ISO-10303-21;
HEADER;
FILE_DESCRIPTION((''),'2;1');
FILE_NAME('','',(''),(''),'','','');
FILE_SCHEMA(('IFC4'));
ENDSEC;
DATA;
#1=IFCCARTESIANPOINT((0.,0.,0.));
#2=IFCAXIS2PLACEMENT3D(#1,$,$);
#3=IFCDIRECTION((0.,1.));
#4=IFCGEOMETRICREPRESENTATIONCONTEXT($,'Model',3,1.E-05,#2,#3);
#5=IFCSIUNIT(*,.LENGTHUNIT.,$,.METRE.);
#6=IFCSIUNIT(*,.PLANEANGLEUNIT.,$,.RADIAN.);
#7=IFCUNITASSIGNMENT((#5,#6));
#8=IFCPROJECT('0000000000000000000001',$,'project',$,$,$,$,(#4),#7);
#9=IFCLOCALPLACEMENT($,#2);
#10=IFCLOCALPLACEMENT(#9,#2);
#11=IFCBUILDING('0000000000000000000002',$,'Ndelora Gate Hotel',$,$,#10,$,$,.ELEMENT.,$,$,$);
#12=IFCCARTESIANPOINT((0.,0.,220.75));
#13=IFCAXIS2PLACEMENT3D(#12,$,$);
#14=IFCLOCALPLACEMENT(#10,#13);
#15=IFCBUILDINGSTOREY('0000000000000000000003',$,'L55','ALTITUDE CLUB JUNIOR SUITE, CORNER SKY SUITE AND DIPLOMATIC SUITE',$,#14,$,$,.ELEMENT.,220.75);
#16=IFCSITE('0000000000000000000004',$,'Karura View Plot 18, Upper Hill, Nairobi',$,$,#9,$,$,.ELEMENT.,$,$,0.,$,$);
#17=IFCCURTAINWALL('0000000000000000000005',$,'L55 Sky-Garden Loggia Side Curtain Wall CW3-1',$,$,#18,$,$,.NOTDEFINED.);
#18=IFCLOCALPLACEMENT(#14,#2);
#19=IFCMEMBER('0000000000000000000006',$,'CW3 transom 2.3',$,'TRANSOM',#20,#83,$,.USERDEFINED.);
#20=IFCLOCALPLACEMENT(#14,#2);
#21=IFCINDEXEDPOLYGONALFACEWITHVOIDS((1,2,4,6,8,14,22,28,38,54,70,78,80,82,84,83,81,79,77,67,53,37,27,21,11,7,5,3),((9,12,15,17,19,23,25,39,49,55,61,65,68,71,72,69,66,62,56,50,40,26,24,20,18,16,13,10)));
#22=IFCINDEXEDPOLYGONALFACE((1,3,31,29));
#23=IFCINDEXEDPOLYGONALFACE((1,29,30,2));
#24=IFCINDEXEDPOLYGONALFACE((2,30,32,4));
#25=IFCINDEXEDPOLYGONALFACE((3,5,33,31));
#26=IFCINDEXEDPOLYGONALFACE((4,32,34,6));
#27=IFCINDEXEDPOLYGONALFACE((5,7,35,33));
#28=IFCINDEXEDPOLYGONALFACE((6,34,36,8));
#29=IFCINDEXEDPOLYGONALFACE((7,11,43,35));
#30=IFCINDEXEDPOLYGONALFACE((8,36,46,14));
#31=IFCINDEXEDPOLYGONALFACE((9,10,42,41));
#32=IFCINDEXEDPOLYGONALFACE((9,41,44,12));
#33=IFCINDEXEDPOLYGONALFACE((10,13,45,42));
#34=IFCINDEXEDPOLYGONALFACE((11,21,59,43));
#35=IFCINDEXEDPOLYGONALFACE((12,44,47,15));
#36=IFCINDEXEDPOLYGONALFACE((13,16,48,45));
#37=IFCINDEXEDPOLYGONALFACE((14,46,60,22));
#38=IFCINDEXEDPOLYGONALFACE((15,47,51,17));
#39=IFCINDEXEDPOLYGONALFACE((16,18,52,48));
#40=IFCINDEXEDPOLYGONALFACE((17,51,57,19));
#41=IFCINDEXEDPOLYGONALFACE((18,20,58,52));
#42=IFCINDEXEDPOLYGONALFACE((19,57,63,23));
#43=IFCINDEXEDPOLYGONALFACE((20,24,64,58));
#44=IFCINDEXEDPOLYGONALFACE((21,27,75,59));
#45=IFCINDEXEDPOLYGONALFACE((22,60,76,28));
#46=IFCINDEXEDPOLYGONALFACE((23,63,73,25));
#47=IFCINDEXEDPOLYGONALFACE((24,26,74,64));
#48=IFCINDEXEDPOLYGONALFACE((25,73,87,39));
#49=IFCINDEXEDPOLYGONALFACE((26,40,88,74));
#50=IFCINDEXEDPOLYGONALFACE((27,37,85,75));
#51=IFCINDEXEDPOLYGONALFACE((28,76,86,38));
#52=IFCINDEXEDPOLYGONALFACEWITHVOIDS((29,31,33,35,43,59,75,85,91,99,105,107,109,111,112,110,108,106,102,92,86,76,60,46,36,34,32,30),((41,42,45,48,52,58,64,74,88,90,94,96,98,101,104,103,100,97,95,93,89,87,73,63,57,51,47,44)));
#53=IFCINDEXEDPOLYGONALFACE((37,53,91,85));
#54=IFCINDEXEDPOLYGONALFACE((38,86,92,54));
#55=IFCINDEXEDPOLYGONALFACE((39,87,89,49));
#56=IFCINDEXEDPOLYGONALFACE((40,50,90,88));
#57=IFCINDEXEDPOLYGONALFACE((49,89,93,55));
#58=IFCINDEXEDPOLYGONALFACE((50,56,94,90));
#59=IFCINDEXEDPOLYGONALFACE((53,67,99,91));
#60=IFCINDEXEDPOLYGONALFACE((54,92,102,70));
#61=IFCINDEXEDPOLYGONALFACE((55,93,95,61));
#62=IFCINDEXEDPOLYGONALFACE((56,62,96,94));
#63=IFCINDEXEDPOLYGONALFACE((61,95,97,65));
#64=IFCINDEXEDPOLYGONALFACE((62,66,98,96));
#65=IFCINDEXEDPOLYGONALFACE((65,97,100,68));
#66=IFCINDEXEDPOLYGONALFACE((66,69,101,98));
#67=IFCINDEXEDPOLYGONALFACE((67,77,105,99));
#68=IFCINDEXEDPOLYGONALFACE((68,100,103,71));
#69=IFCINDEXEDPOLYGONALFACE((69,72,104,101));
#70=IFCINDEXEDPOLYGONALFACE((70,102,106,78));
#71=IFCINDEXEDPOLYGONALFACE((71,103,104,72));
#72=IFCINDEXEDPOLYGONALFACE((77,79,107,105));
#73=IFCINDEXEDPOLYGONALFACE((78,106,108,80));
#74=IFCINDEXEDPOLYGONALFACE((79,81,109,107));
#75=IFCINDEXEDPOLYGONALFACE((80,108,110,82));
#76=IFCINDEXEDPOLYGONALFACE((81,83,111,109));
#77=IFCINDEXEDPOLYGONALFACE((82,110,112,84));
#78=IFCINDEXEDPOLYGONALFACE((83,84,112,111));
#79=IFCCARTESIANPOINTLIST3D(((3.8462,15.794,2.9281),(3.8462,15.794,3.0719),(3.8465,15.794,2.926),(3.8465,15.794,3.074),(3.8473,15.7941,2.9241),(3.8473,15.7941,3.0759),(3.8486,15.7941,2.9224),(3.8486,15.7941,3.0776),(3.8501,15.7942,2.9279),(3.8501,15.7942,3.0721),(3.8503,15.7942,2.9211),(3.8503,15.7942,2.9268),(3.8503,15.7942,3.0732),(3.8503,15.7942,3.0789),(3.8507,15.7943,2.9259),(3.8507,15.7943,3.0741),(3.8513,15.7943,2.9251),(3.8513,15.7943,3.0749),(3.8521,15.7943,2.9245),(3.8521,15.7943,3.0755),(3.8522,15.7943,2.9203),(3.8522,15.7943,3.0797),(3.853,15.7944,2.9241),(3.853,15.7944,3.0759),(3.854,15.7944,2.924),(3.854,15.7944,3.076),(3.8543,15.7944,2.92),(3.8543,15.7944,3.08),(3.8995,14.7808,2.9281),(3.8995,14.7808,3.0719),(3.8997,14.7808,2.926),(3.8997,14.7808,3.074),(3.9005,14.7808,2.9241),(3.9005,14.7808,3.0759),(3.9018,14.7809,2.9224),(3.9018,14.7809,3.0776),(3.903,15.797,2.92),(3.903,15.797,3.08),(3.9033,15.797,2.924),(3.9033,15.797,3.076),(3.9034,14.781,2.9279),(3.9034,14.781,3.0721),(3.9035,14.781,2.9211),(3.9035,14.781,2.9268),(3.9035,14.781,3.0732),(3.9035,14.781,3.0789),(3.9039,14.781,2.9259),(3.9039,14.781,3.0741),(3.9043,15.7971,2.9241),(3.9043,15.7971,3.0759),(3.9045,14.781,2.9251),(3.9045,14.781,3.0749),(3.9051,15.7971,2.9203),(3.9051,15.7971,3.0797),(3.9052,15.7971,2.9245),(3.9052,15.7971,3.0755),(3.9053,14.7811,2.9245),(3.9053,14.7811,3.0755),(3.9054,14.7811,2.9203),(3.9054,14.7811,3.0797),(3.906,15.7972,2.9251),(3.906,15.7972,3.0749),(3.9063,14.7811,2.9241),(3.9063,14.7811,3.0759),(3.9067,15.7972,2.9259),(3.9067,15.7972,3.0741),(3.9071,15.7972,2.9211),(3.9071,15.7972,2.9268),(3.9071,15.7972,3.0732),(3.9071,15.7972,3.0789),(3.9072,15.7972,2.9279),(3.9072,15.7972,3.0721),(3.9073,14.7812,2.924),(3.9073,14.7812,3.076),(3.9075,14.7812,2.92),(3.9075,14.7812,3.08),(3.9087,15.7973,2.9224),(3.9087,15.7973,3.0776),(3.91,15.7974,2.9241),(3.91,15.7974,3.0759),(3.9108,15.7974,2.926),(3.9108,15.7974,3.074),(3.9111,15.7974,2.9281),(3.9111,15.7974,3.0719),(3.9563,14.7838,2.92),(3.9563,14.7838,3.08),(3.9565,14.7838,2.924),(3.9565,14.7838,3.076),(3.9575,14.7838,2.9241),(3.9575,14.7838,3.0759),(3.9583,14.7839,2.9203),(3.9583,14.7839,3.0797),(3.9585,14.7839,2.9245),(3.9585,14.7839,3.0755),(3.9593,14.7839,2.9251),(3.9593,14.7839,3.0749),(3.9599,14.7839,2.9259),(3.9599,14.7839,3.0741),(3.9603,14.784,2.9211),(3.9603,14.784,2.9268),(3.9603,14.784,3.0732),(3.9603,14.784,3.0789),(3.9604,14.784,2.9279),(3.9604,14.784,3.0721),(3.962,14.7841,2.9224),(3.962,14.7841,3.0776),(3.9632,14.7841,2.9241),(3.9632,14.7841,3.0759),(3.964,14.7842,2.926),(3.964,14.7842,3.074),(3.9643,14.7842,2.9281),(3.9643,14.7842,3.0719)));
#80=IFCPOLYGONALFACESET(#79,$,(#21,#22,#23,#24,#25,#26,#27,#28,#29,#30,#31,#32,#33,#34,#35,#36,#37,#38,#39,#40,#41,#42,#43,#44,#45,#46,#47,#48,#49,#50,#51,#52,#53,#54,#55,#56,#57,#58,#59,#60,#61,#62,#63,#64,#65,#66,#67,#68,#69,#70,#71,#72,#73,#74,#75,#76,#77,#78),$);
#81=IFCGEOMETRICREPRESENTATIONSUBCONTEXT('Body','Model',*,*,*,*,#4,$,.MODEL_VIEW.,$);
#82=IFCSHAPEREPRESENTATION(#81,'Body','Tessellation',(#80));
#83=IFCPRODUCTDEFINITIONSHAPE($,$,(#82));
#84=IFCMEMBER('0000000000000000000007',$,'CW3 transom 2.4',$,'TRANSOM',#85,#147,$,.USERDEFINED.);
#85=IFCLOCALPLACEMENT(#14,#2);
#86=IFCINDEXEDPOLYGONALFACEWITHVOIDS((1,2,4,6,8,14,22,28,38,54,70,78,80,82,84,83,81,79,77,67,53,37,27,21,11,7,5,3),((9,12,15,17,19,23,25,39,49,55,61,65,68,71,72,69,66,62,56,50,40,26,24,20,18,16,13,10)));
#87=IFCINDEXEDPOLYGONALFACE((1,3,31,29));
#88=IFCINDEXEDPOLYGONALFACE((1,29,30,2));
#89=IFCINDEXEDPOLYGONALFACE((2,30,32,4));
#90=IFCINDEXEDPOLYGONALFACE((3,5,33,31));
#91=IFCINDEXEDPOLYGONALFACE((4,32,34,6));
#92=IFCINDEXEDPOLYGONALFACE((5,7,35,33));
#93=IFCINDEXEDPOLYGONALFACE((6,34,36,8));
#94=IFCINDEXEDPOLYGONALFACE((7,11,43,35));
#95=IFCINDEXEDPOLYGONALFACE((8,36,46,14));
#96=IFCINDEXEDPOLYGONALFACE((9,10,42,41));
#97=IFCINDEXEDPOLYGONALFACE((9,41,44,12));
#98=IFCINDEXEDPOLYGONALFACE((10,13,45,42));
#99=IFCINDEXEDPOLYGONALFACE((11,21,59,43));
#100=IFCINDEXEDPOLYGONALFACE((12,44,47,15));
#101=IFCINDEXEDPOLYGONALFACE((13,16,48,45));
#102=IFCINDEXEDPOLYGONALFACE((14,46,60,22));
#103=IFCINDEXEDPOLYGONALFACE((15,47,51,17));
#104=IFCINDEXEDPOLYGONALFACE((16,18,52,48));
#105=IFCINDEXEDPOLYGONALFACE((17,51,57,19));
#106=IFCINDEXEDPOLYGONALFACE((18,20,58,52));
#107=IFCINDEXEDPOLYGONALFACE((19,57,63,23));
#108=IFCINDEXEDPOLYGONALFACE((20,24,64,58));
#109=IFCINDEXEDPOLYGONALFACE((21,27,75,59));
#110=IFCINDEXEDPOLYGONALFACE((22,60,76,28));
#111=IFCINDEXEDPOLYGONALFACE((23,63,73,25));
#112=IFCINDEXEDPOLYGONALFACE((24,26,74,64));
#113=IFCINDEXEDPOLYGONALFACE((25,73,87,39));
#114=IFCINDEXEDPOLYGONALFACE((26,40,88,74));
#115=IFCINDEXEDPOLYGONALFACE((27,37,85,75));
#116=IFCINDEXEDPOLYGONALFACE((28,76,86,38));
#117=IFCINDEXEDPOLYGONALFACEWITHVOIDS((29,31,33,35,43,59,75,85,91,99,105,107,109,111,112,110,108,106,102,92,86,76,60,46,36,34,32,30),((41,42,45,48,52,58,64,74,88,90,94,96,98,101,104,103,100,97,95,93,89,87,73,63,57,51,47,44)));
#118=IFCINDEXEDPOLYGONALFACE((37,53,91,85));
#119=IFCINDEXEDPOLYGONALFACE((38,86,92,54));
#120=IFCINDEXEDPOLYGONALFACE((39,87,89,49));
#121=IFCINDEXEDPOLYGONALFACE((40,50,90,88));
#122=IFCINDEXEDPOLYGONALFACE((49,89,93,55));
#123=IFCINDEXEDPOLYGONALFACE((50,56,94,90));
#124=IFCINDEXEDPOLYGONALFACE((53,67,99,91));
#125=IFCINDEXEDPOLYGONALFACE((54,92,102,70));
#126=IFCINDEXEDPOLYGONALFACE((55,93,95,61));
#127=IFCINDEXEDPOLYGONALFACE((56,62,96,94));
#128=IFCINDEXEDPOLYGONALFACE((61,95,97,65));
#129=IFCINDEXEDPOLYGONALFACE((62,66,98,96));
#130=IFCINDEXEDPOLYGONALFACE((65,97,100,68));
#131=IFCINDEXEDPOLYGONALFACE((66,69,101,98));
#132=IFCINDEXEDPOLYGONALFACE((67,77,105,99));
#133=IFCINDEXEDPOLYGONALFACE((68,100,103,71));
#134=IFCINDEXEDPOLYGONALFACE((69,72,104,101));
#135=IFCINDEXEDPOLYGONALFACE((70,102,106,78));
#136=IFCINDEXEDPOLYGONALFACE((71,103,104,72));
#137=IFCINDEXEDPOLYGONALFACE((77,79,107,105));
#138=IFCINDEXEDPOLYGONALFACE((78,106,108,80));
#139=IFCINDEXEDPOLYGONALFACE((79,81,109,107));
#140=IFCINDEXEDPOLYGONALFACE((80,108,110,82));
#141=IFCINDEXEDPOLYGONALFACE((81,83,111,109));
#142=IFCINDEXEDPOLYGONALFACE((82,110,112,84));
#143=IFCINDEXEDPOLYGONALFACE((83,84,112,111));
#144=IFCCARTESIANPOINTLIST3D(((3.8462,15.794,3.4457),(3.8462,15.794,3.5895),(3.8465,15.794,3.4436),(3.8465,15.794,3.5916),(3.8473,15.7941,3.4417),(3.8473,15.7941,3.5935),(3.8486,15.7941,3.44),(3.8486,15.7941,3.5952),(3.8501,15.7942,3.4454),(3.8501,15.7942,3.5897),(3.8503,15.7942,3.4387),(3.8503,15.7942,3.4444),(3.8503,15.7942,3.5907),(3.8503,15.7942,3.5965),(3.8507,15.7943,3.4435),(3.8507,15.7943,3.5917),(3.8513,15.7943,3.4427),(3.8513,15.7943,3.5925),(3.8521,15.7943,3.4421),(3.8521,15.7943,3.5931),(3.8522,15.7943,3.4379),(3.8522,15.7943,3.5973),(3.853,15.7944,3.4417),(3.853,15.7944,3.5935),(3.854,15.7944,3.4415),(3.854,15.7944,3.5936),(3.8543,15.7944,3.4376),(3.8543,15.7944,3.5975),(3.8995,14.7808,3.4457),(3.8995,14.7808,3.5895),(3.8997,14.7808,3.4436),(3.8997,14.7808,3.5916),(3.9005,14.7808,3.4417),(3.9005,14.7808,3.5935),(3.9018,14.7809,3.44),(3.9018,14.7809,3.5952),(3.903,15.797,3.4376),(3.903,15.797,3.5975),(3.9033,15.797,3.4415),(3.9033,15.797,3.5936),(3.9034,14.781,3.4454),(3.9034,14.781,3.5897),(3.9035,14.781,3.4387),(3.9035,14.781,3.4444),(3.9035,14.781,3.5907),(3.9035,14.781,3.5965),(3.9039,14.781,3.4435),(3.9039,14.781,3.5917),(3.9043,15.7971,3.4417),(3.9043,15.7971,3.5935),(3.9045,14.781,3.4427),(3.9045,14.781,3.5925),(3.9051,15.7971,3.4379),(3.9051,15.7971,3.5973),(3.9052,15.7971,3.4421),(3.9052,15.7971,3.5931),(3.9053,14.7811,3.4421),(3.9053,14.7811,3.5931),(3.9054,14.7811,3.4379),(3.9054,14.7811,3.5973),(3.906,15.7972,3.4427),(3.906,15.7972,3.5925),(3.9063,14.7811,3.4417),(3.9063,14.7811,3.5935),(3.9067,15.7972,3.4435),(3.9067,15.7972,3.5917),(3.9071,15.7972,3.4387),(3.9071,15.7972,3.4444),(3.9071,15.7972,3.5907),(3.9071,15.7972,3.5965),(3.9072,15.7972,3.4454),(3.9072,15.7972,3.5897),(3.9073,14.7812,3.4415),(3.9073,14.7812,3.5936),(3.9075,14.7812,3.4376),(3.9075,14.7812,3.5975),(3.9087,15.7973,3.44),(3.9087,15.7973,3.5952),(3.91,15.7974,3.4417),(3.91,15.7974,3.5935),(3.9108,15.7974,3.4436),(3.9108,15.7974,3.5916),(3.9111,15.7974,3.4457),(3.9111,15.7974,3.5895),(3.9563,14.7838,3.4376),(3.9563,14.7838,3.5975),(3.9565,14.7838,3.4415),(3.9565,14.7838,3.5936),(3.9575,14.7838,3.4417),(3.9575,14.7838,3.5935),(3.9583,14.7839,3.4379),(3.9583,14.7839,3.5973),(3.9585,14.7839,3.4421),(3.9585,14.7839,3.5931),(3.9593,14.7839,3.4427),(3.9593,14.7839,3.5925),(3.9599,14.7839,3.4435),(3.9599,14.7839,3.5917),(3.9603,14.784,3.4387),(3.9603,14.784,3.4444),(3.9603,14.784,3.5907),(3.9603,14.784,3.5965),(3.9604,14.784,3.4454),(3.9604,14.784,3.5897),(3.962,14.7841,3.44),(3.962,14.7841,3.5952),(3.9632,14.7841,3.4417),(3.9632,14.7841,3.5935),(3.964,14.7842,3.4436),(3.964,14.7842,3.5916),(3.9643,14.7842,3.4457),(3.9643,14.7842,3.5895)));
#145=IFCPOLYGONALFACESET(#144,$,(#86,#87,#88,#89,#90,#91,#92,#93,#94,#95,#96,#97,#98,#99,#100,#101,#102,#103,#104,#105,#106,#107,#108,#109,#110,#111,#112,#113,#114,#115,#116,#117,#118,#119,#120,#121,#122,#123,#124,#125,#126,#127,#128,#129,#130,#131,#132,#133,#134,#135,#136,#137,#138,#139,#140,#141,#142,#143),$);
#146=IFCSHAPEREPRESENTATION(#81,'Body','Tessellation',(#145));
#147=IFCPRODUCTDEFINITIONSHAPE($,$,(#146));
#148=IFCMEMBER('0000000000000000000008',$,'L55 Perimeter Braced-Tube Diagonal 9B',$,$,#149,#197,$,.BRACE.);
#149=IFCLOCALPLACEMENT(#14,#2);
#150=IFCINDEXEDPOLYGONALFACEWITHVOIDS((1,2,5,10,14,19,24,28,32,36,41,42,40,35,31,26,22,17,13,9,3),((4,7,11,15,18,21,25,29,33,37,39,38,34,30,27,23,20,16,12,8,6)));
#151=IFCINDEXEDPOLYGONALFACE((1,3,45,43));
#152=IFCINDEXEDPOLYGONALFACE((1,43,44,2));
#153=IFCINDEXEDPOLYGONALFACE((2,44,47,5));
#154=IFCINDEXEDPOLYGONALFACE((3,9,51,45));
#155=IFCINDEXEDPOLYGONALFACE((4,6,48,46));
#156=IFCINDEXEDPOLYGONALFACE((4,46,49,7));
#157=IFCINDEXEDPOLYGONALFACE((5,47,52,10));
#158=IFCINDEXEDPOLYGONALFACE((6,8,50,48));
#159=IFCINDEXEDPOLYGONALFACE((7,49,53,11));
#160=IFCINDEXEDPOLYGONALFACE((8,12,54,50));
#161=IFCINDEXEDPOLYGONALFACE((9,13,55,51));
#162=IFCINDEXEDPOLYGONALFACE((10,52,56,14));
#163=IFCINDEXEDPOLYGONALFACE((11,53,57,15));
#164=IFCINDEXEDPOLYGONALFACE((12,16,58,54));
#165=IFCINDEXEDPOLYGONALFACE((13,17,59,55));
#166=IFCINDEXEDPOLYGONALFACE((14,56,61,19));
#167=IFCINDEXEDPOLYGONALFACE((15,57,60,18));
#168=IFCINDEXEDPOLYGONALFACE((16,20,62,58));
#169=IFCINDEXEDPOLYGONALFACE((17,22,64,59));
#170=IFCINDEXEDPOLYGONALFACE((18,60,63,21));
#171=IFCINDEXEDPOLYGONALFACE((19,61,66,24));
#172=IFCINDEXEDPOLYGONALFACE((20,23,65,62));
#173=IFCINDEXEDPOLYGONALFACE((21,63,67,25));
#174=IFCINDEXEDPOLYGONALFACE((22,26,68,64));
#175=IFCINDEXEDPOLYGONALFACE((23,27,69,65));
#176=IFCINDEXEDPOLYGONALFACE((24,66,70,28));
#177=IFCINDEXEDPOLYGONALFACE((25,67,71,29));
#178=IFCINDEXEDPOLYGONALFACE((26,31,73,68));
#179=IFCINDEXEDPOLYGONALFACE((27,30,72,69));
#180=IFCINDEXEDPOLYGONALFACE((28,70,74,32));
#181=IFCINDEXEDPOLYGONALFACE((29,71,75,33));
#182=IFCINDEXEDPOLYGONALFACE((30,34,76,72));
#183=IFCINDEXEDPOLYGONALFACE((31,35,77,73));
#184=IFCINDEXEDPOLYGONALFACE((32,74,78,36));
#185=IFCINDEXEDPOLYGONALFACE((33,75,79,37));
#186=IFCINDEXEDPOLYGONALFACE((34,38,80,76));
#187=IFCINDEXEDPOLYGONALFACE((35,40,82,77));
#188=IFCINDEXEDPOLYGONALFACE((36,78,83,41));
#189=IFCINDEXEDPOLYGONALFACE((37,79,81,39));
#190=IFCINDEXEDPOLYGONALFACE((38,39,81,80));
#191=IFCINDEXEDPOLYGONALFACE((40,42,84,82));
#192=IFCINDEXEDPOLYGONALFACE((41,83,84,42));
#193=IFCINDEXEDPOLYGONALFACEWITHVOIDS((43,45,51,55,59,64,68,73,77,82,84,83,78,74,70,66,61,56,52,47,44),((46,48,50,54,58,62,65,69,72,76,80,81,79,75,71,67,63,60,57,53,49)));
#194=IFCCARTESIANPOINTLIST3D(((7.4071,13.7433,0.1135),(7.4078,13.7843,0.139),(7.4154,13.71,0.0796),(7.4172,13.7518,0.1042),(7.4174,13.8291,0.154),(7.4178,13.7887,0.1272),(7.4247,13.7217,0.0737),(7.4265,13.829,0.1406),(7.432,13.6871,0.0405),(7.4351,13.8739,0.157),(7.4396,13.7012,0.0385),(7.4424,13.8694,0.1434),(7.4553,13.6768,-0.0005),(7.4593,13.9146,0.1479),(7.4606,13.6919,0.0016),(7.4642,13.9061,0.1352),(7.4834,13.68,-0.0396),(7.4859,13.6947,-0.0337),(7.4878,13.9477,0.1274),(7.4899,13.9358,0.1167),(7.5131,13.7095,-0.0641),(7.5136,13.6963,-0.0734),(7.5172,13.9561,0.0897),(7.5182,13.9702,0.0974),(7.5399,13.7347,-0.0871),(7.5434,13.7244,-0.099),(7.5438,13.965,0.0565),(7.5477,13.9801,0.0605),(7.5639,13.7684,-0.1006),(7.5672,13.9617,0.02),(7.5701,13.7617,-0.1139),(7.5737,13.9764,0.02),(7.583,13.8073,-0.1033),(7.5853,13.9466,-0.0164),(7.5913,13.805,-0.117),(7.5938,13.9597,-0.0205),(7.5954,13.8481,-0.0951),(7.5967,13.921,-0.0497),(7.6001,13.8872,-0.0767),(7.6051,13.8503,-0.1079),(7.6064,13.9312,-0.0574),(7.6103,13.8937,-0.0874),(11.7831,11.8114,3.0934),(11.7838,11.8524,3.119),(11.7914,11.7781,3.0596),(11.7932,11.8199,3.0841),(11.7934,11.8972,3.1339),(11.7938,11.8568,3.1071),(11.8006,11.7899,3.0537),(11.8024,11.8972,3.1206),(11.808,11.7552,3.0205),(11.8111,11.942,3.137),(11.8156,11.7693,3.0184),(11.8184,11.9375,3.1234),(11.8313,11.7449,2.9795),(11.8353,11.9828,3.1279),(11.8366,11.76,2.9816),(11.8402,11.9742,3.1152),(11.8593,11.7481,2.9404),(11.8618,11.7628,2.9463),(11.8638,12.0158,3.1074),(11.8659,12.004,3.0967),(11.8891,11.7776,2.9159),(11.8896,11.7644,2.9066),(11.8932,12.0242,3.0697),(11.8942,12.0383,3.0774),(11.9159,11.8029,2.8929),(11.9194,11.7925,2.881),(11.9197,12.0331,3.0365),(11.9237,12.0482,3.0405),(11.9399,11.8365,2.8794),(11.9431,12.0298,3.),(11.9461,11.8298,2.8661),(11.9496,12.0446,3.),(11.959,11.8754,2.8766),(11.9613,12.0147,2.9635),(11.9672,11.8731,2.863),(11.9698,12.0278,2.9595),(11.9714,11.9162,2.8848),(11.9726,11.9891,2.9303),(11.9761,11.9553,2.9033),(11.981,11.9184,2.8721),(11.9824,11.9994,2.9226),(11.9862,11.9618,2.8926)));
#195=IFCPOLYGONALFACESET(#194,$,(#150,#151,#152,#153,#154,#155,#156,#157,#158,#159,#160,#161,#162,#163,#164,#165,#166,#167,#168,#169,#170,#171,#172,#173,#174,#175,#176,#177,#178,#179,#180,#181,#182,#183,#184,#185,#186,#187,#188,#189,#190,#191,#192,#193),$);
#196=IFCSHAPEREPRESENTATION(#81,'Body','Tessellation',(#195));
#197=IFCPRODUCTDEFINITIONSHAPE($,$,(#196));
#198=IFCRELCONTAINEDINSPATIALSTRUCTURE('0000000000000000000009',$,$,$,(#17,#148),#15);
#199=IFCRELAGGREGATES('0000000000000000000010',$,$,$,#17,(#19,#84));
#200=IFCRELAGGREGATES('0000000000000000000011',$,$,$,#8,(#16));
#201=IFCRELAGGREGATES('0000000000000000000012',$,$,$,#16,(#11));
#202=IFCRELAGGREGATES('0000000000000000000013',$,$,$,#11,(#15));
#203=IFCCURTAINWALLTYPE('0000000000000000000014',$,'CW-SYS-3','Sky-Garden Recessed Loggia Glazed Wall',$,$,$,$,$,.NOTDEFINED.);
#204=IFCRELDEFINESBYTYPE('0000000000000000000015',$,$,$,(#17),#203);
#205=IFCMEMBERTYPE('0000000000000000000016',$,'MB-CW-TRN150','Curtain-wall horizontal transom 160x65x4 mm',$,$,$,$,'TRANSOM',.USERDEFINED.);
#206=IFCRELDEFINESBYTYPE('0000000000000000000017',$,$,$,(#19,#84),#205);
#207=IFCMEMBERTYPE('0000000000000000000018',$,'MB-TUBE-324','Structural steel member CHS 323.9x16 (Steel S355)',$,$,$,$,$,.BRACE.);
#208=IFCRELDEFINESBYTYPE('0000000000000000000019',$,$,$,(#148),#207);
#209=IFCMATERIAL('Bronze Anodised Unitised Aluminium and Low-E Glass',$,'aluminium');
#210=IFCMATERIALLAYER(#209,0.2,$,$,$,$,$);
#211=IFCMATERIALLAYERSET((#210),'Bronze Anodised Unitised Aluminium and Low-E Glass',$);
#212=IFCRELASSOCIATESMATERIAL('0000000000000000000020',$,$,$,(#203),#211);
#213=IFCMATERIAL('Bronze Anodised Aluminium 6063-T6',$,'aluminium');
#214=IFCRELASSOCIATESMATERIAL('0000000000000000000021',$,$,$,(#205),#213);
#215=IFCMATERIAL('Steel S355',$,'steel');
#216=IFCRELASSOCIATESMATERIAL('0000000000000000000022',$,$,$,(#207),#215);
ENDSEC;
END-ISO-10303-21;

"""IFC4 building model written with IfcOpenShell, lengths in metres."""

from ifc_helpers import new_model, si_unit, direction, frame, origin, origin_2d, place, context, subcontext, project, spatial, hollow_rectangle, hollow_circle, extrude, material, layer, layer_set, material_profile, profile_set, type_object, element, aggregate, save


model = new_model("IFC4")

# Units and contexts
model_context = context("Model", 3, precision=1e-05, world=origin(), true_north=direction((0.0, 1.0)))
body_context = subcontext(model_context, "Body", "Model", "MODEL_VIEW")
ifc_project = project(units=[si_unit("LENGTHUNIT", "METRE"), si_unit("PLANEANGLEUNIT", "RADIAN")], contexts=[model_context])

# Site, building, storey
site_placement = place(None, origin())
site = spatial("IfcSite", under=ifc_project, at=site_placement, Name="Karura View Plot 18, Upper Hill, Nairobi", CompositionType="ELEMENT", RefElevation=0.0)
building_placement = place(site_placement, origin())
building = spatial("IfcBuilding", under=site, at=building_placement, Name="Ndelora Gate Hotel", CompositionType="ELEMENT")
storey_placement = place(building_placement, frame((0.0, 0.0, 220.75)))
storey = spatial("IfcBuildingStorey", under=building, at=storey_placement, Name="L55", Description="ALTITUDE CLUB JUNIOR SUITE, CORNER SKY SUITE AND DIPLOMATIC SUITE", CompositionType="ELEMENT", Elevation=220.75)

# Shared definitions
ifc_material_1 = material(Name="Steel S355", Category="steel")

# Curtain wall, members
ifc_material_2 = material(Name="Bronze Anodised Unitised Aluminium and Low-E Glass", Category="aluminium")
ifc_layer_1 = layer(ifc_material_2, 0.2)
ifc_layer_set_1 = layer_set([ifc_layer_1], Name="Bronze Anodised Unitised Aluminium and Low-E Glass")
curtain_wall_type = type_object("IfcCurtainWallType", Name="CW-SYS-3", Description="Sky-Garden Recessed Loggia Glazed Wall", PredefinedType="NOTDEFINED", material=ifc_layer_set_1)
curtain_wall_placement = place(storey_placement, origin())
curtain_wall = element("IfcCurtainWall", 1, at=curtain_wall_placement, inside=storey, type_object=curtain_wall_type, Name="L55 Sky-Garden Loggia Side Curtain Wall CW3-1", PredefinedType="NOTDEFINED")
ifc_material_3 = material(Name="Bronze Anodised Aluminium 6063-T6", Category="aluminium")
ifc_material_profile_1 = material_profile(ifc_material_3, hollow_rectangle(XDim=0.0649, YDim=0.1599, WallThickness=0.0039, InnerFilletRadius=0.0039, OuterFilletRadius=0.0081, at=origin_2d()), Name="ALU 160x65x4")
ifc_profile_set_1 = profile_set([ifc_material_profile_1], Name="Bronze Anodised Aluminium 6063-T6")
member_type_1 = type_object("IfcMemberType", Name="MB-CW-TRN150", Description="Curtain-wall horizontal transom 160x65x4 mm", ElementType="TRANSOM", PredefinedType="USERDEFINED", material=ifc_profile_set_1)
member_1_placement = place(storey_placement, frame((3.9319, 14.7825, 3.0), z_axis=(-0.052458, 0.998623, 0.0), x_axis=(-0.998623, -0.052458, 0.0)))
member_1 = element("IfcMember", 2, at=member_1_placement, type_object=member_type_1, Name="CW3 transom 2.3", ObjectType="TRANSOM", PredefinedType="USERDEFINED", context=body_context, shape_type="SweptSolid", body=[
    extrude(hollow_rectangle(XDim=0.0649, YDim=0.1599, WallThickness=0.0039, InnerFilletRadius=0.0039, OuterFilletRadius=0.0081, at=origin_2d()), origin(), (0.0, 0.0, 1.0), 1.0146),
])
member_2_placement = place(storey_placement, frame((3.9319, 14.7825, 3.5176), z_axis=(-0.052458, 0.998623, 0.0), x_axis=(-0.998623, -0.052458, 0.0)))
member_2 = element("IfcMember", 3, at=member_2_placement, type_object=member_type_1, Name="CW3 transom 2.4", ObjectType="TRANSOM", PredefinedType="USERDEFINED", context=body_context, shape_type="SweptSolid", body=[
    extrude(hollow_rectangle(XDim=0.0649, YDim=0.1599, WallThickness=0.0039, InnerFilletRadius=0.0039, OuterFilletRadius=0.0081, at=origin_2d()), origin(), (0.0, 0.0, 1.0), 1.0146),
])

# Member
ifc_material_profile_2 = material_profile(ifc_material_1, hollow_circle(Radius=0.1619, WallThickness=0.0161, at=origin_2d()), Name="CHS 323.9x16")
ifc_profile_set_2 = profile_set([ifc_material_profile_2], Name="Steel S355")
member_type_2 = type_object("IfcMemberType", Name="MB-TUBE-324", Description="Structural steel member CHS 323.9x16 (Steel S355)", PredefinedType="BRACE", material=ifc_profile_set_2)
member_3_placement = place(storey_placement, frame((7.5083, 13.8284, 0.02), z_axis=(0.776468, -0.342791, 0.528764), x_axis=(0.403869, 0.914817, 0.0)))
element("IfcMember", 4, at=member_3_placement, inside=storey, type_object=member_type_2, Name="L55 Perimeter Braced-Tube Diagonal 9B", PredefinedType="BRACE", context=body_context, shape_type="SweptSolid", body=[
    extrude(hollow_circle(Radius=0.1619, WallThickness=0.0161, at=origin_2d()), origin(), (0.0, 0.0, 1.0), 5.6357),
])

aggregate(curtain_wall, [member_1, member_2])

save(model, "model.ifc")
